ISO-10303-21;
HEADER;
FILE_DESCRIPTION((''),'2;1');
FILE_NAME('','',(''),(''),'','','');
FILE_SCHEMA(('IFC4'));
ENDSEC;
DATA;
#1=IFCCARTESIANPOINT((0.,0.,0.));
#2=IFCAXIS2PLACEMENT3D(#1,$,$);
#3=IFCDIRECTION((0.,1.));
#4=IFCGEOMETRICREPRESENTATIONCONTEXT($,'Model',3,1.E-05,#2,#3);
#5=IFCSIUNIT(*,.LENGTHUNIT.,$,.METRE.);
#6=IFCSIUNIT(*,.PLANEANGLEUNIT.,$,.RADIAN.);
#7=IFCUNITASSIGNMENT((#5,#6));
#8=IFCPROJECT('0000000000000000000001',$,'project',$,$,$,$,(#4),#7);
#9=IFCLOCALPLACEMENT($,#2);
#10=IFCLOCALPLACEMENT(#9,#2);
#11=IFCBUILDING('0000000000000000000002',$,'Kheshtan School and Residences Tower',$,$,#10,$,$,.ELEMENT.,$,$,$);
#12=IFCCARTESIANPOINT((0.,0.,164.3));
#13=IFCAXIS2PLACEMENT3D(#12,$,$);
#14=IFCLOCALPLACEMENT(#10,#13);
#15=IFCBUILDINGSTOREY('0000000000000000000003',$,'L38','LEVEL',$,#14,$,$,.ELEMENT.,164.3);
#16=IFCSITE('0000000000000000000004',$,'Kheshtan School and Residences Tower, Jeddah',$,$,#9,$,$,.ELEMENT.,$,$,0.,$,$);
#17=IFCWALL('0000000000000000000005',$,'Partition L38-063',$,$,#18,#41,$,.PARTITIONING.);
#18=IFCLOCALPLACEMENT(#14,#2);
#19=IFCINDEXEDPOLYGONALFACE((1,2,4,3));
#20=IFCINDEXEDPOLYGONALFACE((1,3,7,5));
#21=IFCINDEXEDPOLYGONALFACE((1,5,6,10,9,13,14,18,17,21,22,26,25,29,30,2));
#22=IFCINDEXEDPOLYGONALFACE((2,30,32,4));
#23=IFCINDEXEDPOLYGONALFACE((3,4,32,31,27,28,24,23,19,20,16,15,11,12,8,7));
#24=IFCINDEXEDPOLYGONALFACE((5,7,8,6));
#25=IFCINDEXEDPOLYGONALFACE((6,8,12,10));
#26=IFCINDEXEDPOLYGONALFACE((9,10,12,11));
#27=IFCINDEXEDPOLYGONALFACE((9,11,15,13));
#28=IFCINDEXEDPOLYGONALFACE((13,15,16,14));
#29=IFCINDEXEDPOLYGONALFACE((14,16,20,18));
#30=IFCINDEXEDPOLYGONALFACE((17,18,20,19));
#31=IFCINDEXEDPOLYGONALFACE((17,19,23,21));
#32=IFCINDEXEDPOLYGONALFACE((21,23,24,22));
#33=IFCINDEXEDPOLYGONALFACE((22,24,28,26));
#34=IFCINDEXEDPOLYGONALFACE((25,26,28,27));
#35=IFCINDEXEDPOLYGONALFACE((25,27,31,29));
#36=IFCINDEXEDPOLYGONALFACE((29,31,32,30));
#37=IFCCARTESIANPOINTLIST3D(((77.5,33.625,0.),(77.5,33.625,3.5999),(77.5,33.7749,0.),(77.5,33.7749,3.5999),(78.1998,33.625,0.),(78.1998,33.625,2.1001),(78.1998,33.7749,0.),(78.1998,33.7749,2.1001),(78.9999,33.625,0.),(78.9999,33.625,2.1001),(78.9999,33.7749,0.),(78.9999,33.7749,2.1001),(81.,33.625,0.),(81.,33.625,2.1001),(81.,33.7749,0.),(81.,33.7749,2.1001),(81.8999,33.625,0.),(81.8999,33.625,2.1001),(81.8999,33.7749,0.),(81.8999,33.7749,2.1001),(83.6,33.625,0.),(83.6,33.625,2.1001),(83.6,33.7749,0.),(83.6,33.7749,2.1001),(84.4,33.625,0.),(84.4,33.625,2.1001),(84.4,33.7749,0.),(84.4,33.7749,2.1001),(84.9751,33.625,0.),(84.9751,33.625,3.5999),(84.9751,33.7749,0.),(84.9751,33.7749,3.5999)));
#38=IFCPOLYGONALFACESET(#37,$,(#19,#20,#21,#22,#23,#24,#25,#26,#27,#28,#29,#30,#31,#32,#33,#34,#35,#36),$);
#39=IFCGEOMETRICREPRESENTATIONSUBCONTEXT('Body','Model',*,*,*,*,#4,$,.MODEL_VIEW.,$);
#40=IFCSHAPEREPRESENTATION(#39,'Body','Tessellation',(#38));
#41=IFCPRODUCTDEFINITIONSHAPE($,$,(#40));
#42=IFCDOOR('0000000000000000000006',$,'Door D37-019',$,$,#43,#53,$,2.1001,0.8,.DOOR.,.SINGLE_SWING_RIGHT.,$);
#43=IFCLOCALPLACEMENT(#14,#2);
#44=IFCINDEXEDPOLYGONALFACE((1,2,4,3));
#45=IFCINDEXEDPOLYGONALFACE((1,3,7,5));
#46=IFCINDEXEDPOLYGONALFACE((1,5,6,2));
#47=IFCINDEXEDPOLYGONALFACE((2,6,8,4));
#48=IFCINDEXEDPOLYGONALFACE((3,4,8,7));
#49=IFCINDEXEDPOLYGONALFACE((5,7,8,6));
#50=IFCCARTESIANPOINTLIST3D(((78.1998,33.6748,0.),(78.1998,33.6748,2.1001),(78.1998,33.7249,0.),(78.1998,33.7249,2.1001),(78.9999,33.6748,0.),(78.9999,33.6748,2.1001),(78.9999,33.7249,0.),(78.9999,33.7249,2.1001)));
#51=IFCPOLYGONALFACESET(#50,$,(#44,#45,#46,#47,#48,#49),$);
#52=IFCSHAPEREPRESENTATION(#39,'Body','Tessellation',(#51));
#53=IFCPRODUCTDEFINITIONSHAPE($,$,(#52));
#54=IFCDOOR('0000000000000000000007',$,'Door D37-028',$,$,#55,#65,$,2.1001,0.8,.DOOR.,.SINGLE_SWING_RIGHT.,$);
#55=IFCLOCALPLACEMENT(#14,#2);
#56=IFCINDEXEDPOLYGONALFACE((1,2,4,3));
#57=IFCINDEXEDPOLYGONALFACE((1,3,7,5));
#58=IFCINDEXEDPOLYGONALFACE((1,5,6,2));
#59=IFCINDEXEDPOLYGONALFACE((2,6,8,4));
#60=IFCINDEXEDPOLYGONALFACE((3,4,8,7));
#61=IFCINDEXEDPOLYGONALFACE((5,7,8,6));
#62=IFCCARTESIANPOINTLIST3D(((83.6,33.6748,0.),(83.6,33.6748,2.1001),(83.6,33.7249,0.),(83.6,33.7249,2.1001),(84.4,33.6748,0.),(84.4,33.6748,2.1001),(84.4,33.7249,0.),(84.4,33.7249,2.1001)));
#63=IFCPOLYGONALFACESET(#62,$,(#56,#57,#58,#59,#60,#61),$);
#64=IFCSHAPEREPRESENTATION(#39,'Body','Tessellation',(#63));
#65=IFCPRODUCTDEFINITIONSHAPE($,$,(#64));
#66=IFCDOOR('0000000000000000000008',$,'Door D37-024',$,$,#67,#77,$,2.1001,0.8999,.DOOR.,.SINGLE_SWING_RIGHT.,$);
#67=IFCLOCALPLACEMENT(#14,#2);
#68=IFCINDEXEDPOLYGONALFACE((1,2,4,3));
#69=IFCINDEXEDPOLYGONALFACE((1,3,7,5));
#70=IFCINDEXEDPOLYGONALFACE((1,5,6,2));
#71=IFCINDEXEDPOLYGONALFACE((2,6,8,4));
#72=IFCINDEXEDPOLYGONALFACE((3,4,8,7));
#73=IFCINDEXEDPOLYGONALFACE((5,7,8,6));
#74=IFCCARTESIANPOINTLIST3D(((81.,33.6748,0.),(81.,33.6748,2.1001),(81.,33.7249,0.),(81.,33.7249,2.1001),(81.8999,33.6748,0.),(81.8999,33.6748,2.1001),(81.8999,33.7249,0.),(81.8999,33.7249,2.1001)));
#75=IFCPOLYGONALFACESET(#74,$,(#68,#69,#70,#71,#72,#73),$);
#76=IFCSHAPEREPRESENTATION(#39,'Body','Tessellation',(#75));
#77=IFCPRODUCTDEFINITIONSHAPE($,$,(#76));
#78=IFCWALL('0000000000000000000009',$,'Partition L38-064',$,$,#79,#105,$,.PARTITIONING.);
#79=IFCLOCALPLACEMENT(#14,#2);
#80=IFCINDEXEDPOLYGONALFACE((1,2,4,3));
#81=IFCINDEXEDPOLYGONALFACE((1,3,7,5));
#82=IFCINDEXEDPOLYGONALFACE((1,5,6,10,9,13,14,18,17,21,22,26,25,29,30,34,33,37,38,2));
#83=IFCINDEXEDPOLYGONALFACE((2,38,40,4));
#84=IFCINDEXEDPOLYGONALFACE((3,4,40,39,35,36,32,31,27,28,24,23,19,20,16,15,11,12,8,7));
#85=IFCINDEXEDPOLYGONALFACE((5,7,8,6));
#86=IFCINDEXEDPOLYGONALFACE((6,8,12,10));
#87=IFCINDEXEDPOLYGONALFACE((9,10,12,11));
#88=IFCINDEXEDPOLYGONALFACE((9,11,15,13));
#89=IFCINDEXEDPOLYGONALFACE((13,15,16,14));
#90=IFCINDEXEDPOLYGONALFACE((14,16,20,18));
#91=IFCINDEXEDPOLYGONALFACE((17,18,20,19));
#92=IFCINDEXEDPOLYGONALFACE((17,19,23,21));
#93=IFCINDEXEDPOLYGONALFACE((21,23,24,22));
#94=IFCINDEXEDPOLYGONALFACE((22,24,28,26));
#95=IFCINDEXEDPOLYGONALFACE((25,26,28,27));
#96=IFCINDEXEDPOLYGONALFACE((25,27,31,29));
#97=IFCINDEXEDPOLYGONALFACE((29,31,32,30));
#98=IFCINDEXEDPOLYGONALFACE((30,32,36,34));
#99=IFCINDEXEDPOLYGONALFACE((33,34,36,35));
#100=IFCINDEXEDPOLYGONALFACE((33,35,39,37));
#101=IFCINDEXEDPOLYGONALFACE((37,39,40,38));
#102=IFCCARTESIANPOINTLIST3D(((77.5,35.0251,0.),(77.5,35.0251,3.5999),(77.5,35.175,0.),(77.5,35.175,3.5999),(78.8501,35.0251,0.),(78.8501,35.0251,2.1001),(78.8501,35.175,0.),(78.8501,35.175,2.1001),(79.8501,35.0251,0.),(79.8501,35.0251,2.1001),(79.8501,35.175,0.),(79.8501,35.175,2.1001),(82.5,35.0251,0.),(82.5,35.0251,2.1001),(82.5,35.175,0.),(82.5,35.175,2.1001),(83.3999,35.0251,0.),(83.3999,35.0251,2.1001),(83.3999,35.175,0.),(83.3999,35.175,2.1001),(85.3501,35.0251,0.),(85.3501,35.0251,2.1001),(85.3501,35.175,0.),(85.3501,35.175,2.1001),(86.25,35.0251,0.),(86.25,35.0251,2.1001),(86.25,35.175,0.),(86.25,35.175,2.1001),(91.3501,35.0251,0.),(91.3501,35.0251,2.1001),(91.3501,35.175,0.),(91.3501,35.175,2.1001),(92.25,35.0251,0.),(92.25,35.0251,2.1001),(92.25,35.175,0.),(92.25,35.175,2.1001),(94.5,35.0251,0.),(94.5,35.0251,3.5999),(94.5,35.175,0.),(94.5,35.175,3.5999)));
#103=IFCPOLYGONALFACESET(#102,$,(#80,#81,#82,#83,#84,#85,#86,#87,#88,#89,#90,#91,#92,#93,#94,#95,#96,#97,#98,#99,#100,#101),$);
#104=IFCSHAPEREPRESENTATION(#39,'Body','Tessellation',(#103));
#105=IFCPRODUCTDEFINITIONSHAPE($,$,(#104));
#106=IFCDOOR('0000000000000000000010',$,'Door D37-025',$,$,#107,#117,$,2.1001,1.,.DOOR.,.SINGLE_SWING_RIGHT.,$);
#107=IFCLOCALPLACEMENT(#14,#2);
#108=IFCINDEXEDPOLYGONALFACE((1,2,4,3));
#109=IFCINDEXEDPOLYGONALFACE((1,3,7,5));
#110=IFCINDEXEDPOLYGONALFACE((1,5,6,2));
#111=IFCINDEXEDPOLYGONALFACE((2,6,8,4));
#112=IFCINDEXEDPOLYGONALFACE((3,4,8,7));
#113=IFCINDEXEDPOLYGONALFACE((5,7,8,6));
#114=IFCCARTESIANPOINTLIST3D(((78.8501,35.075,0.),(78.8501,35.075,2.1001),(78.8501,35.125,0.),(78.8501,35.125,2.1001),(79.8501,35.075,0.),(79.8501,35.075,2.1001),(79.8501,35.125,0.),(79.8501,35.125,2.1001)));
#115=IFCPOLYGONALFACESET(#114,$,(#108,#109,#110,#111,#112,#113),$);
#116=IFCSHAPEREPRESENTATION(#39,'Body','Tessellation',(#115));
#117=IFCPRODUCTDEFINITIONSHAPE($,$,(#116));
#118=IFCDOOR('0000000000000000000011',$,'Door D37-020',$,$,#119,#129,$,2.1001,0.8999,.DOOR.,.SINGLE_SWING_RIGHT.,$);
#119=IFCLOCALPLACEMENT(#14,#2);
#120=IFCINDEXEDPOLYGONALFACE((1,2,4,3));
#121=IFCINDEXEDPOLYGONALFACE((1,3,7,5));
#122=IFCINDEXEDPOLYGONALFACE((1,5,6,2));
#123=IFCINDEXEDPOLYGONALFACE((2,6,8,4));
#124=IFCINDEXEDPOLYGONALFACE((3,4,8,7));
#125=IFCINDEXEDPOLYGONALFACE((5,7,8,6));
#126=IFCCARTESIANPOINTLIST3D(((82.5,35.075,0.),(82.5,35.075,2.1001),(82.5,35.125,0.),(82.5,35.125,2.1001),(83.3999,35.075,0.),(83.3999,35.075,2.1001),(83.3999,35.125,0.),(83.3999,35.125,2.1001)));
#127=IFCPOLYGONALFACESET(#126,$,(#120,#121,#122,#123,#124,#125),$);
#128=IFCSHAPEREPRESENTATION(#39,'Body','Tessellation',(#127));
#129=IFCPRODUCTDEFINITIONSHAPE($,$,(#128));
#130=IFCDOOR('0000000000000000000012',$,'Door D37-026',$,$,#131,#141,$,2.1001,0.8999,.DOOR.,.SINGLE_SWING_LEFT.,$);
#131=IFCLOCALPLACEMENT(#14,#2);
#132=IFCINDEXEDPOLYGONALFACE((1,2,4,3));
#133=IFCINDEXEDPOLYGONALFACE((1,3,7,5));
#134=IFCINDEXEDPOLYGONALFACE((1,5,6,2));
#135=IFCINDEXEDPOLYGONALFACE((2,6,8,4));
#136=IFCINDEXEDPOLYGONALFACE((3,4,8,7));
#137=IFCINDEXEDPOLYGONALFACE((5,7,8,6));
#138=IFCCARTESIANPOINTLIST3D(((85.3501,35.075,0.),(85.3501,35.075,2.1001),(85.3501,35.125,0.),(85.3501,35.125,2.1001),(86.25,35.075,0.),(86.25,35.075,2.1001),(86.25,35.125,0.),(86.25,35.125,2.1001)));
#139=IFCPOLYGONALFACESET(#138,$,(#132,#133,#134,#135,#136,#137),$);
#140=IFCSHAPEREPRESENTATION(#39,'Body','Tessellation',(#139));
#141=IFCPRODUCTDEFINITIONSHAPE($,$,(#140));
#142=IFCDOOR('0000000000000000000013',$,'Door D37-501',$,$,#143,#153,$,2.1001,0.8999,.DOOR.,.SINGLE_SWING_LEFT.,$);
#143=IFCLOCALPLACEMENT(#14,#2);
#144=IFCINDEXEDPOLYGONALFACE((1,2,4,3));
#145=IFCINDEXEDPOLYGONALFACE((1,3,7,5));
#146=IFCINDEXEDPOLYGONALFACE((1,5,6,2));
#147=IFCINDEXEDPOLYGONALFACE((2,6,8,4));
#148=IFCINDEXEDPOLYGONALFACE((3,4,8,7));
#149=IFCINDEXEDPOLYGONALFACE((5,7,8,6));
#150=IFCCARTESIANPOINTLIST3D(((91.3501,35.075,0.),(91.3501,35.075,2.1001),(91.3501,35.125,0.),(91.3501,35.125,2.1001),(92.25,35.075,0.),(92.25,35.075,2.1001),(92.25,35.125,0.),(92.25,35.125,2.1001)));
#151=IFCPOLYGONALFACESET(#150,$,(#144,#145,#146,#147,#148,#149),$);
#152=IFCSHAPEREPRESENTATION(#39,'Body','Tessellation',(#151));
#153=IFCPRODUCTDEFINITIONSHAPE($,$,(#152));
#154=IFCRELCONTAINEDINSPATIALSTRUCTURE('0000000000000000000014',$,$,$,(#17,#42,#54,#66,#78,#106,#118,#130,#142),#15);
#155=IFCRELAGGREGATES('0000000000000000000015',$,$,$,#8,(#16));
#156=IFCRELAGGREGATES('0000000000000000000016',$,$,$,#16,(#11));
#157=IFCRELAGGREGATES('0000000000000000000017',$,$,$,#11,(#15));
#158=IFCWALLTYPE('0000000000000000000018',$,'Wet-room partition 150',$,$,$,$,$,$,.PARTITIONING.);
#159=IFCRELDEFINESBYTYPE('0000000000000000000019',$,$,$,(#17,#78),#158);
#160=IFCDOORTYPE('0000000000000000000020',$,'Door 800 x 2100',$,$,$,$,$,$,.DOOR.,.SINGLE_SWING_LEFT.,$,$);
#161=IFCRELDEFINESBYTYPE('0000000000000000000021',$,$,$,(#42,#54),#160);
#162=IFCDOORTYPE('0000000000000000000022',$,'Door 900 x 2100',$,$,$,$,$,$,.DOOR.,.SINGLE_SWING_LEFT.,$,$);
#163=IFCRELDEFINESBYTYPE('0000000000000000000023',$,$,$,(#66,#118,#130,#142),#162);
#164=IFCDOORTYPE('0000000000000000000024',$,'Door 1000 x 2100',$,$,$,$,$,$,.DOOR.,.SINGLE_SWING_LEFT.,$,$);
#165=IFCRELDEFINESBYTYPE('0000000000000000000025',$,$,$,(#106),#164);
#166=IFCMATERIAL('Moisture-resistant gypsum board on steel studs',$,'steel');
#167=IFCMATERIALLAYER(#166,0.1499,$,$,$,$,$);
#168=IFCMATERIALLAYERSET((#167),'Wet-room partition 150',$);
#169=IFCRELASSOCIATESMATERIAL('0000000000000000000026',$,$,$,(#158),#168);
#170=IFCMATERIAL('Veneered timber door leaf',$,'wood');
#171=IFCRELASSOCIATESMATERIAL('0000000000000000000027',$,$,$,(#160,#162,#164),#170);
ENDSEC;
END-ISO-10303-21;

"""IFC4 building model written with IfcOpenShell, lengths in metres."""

from ifc_helpers import new_model, si_unit, direction, frame, frame_2d, origin, place, context, subcontext, project, spatial, rectangle, extrude, source, transform, mapped, material, layer, layer_set, type_object, element, fill, save


model = new_model("IFC4")

# Units and contexts
model_context = context("Model", 3, precision=1e-05, world=origin(), true_north=direction((0.0, 1.0)))
body_context = subcontext(model_context, "Body", "Model", "MODEL_VIEW")
ifc_project = project(units=[si_unit("LENGTHUNIT", "METRE"), si_unit("PLANEANGLEUNIT", "RADIAN")], contexts=[model_context])

# Site, building, storey
site_placement = place(None, origin())
site = spatial("IfcSite", under=ifc_project, at=site_placement, Name="Kheshtan School and Residences Tower, Jeddah", CompositionType="ELEMENT", RefElevation=0.0)
building_placement = place(site_placement, origin())
building = spatial("IfcBuilding", under=site, at=building_placement, Name="Kheshtan School and Residences Tower", CompositionType="ELEMENT")
storey_placement = place(building_placement, frame((0.0, 0.0, 164.3)))
storey = spatial("IfcBuildingStorey", under=building, at=storey_placement, Name="L38", Description="LEVEL", CompositionType="ELEMENT", Elevation=164.3)

# Shared definitions
ifc_material_1 = material(Name="Moisture-resistant gypsum board on steel studs", Category="steel")
ifc_layer_1 = layer(ifc_material_1, 0.1499)
ifc_layer_set_1 = layer_set([ifc_layer_1], Name="Wet-room partition 150")
wall_type_1 = type_object("IfcWallType", Name="Wet-room partition 150", PredefinedType="PARTITIONING", material=ifc_layer_set_1)

# Shared definitions
ifc_material_2 = material(Name="Veneered timber door leaf", Category="wood")
door_type_1 = type_object("IfcDoorType", Name="Door 800 x 2100", OperationType="SINGLE_SWING_LEFT", PredefinedType="DOOR", material=ifc_material_2)
shared_shape_1 = source(origin(), body_context, "Body", "SweptSolid", [
    extrude(rectangle(XDim=0.8, YDim=2.1001, at=frame_2d((0.3999, 1.05))), frame((0.0, 0.0249, 0.0), z_axis=(0.0, -1.0, 0.0), x_axis=(1.0, 0.0, 0.0)), (0.0, 0.0, 1.0), 0.05),
])

# Walls, openings, doors
wall_1_placement = place(storey_placement, frame((77.5, 33.7, 0.0), z_axis=(0.0, 0.0, 1.0), x_axis=(1.0, 0.0, 0.0)))
wall_1 = element("IfcWall", 1, at=wall_1_placement, inside=storey, type_object=wall_type_1, Name="Partition L38-063", PredefinedType="PARTITIONING", context=body_context, shape_type="SweptSolid", body=[
    extrude(rectangle(XDim=7.4751, YDim=0.1499, at=frame_2d((3.7375, 0.0))), origin(), (0.0, 0.0, 1.0), 3.5999),
])
opening_1_placement = place(wall_1_placement, frame((0.7, 0.0, 0.0)))
opening_1 = element("IfcOpeningElement", 2, at=opening_1_placement, cuts=wall_1, PredefinedType="OPENING", context=body_context, shape_type="SweptSolid", body=[
    extrude(rectangle(XDim=0.8, YDim=2.1001, at=frame_2d((0.3999, 1.05))), frame((0.0, 0.085, 0.0), z_axis=(0.0, -1.0, 0.0), x_axis=(1.0, 0.0, 0.0)), (0.0, 0.0, 1.0), 0.1699),
])
opening_2_placement = place(wall_1_placement, frame((3.5, 0.0, 0.0)))
opening_2 = element("IfcOpeningElement", 3, at=opening_2_placement, cuts=wall_1, PredefinedType="OPENING", context=body_context, shape_type="SweptSolid", body=[
    extrude(rectangle(XDim=0.8999, YDim=2.1001, at=frame_2d((0.45, 1.05))), frame((0.0, 0.085, 0.0), z_axis=(0.0, -1.0, 0.0), x_axis=(1.0, 0.0, 0.0)), (0.0, 0.0, 1.0), 0.1699),
])
opening_3_placement = place(wall_1_placement, frame((6.1001, 0.0, 0.0)))
opening_3 = element("IfcOpeningElement", 4, at=opening_3_placement, cuts=wall_1, PredefinedType="OPENING", context=body_context, shape_type="SweptSolid", body=[
    extrude(rectangle(XDim=0.8, YDim=2.1001, at=frame_2d((0.3999, 1.05))), frame((0.0, 0.085, 0.0), z_axis=(0.0, -1.0, 0.0), x_axis=(1.0, 0.0, 0.0)), (0.0, 0.0, 1.0), 0.1699),
])
door_1_placement = place(opening_1_placement, origin())
door_1 = element("IfcDoor", 5, at=door_1_placement, inside=storey, type_object=door_type_1, Name="Door D37-019", OperationType="SINGLE_SWING_RIGHT", OverallHeight=2.1001, OverallWidth=0.8, PredefinedType="DOOR", context=body_context, shape_type="MappedRepresentation", body=[
    mapped(shared_shape_1, transform((0.0, 0.0, 0.0), x_axis=(1.0, 0.0, 0.0), y_axis=(0.0, 1.0, 0.0), z_axis=(0.0, 0.0, 1.0), scale=1.0)),
])
fill(opening_1, door_1)
door_2_placement = place(opening_3_placement, origin())
door_2 = element("IfcDoor", 6, at=door_2_placement, inside=storey, type_object=door_type_1, Name="Door D37-028", OperationType="SINGLE_SWING_RIGHT", OverallHeight=2.1001, OverallWidth=0.8, PredefinedType="DOOR", context=body_context, shape_type="MappedRepresentation", body=[
    mapped(shared_shape_1, transform((0.0, 0.0, 0.0), x_axis=(1.0, 0.0, 0.0), y_axis=(0.0, 1.0, 0.0), z_axis=(0.0, 0.0, 1.0), scale=1.0)),
])
fill(opening_3, door_2)
door_type_2 = type_object("IfcDoorType", Name="Door 900 x 2100", OperationType="SINGLE_SWING_LEFT", PredefinedType="DOOR", material=ifc_material_2)
shared_shape_2 = source(origin(), body_context, "Body", "SweptSolid", [
    extrude(rectangle(XDim=0.8999, YDim=2.1001, at=frame_2d((0.45, 1.05))), frame((0.0, 0.0249, 0.0), z_axis=(0.0, -1.0, 0.0), x_axis=(1.0, 0.0, 0.0)), (0.0, 0.0, 1.0), 0.05),
])
door_3_placement = place(opening_2_placement, origin())
door_3 = element("IfcDoor", 7, at=door_3_placement, inside=storey, type_object=door_type_2, Name="Door D37-024", OperationType="SINGLE_SWING_RIGHT", OverallHeight=2.1001, OverallWidth=0.8999, PredefinedType="DOOR", context=body_context, shape_type="MappedRepresentation", body=[
    mapped(shared_shape_2, transform((0.0, 0.0, 0.0), x_axis=(1.0, 0.0, 0.0), y_axis=(0.0, 1.0, 0.0), z_axis=(0.0, 0.0, 1.0), scale=1.0)),
])
fill(opening_2, door_3)
wall_2_placement = place(storey_placement, frame((77.5, 35.1001, 0.0), z_axis=(0.0, 0.0, 1.0), x_axis=(1.0, 0.0, 0.0)))
wall_2 = element("IfcWall", 8, at=wall_2_placement, inside=storey, type_object=wall_type_1, Name="Partition L38-064", PredefinedType="PARTITIONING", context=body_context, shape_type="SweptSolid", body=[
    extrude(rectangle(XDim=17.0, YDim=0.1499, at=frame_2d((8.5, 0.0))), origin(), (0.0, 0.0, 1.0), 3.5999),
])
opening_4_placement = place(wall_2_placement, frame((5.0, 0.0, 0.0)))
opening_4 = element("IfcOpeningElement", 9, at=opening_4_placement, cuts=wall_2, PredefinedType="OPENING", context=body_context, shape_type="SweptSolid", body=[
    extrude(rectangle(XDim=0.8999, YDim=2.1001, at=frame_2d((0.45, 1.05))), frame((0.0, 0.085, 0.0), z_axis=(0.0, -1.0, 0.0), x_axis=(1.0, 0.0, 0.0)), (0.0, 0.0, 1.0), 0.1699),
])
opening_5_placement = place(wall_2_placement, frame((1.3501, 0.0, 0.0)))
opening_5 = element("IfcOpeningElement", 10, at=opening_5_placement, cuts=wall_2, PredefinedType="OPENING", context=body_context, shape_type="SweptSolid", body=[
    extrude(rectangle(XDim=1.0, YDim=2.1001, at=frame_2d((0.5, 1.05))), frame((0.0, 0.085, 0.0), z_axis=(0.0, -1.0, 0.0), x_axis=(1.0, 0.0, 0.0)), (0.0, 0.0, 1.0), 0.1699),
])
opening_6_placement = place(wall_2_placement, frame((7.8501, 0.0, 0.0)))
opening_6 = element("IfcOpeningElement", 11, at=opening_6_placement, cuts=wall_2, PredefinedType="OPENING", context=body_context, shape_type="SweptSolid", body=[
    extrude(rectangle(XDim=0.8999, YDim=2.1001, at=frame_2d((0.45, 1.05))), frame((0.0, 0.085, 0.0), z_axis=(0.0, -1.0, 0.0), x_axis=(1.0, 0.0, 0.0)), (0.0, 0.0, 1.0), 0.1699),
])
opening_7_placement = place(wall_2_placement, frame((13.8501, 0.0, 0.0)))
opening_7 = element("IfcOpeningElement", 12, at=opening_7_placement, cuts=wall_2, PredefinedType="OPENING", context=body_context, shape_type="SweptSolid", body=[
    extrude(rectangle(XDim=0.8999, YDim=2.1001, at=frame_2d((0.45, 1.05))), frame((0.0, 0.085, 0.0), z_axis=(0.0, -1.0, 0.0), x_axis=(1.0, 0.0, 0.0)), (0.0, 0.0, 1.0), 0.1699),
])
door_type_3 = type_object("IfcDoorType", Name="Door 1000 x 2100", OperationType="SINGLE_SWING_LEFT", PredefinedType="DOOR", material=ifc_material_2)
shared_shape_3 = source(origin(), body_context, "Body", "SweptSolid", [
    extrude(rectangle(XDim=1.0, YDim=2.1001, at=frame_2d((0.5, 1.05))), frame((0.0, 0.0249, 0.0), z_axis=(0.0, -1.0, 0.0), x_axis=(1.0, 0.0, 0.0)), (0.0, 0.0, 1.0), 0.05),
])
door_4_placement = place(opening_5_placement, origin())
door_4 = element("IfcDoor", 13, at=door_4_placement, inside=storey, type_object=door_type_3, Name="Door D37-025", OperationType="SINGLE_SWING_RIGHT", OverallHeight=2.1001, OverallWidth=1.0, PredefinedType="DOOR", context=body_context, shape_type="MappedRepresentation", body=[
    mapped(shared_shape_3, transform((0.0, 0.0, 0.0), x_axis=(1.0, 0.0, 0.0), y_axis=(0.0, 1.0, 0.0), z_axis=(0.0, 0.0, 1.0), scale=1.0)),
])
fill(opening_5, door_4)
door_5_placement = place(opening_4_placement, origin())
door_5 = element("IfcDoor", 14, at=door_5_placement, inside=storey, type_object=door_type_2, Name="Door D37-020", OperationType="SINGLE_SWING_RIGHT", OverallHeight=2.1001, OverallWidth=0.8999, PredefinedType="DOOR", context=body_context, shape_type="MappedRepresentation", body=[
    mapped(shared_shape_2, transform((0.0, 0.0, 0.0), x_axis=(1.0, 0.0, 0.0), y_axis=(0.0, 1.0, 0.0), z_axis=(0.0, 0.0, 1.0), scale=1.0)),
])
fill(opening_4, door_5)
door_6_placement = place(opening_6_placement, origin())
door_6 = element("IfcDoor", 15, at=door_6_placement, inside=storey, type_object=door_type_2, Name="Door D37-026", OperationType="SINGLE_SWING_LEFT", OverallHeight=2.1001, OverallWidth=0.8999, PredefinedType="DOOR", context=body_context, shape_type="MappedRepresentation", body=[
    mapped(shared_shape_2, transform((0.0, 0.0, 0.0), x_axis=(1.0, 0.0, 0.0), y_axis=(0.0, 1.0, 0.0), z_axis=(0.0, 0.0, 1.0), scale=1.0)),
])
fill(opening_6, door_6)
door_7_placement = place(opening_7_placement, origin())
door_7 = element("IfcDoor", 16, at=door_7_placement, inside=storey, type_object=door_type_2, Name="Door D37-501", OperationType="SINGLE_SWING_LEFT", OverallHeight=2.1001, OverallWidth=0.8999, PredefinedType="DOOR", context=body_context, shape_type="MappedRepresentation", body=[
    mapped(shared_shape_2, transform((0.0, 0.0, 0.0), x_axis=(1.0, 0.0, 0.0), y_axis=(0.0, 1.0, 0.0), z_axis=(0.0, 0.0, 1.0), scale=1.0)),
])
fill(opening_7, door_7)

save(model, "model.ifc")
